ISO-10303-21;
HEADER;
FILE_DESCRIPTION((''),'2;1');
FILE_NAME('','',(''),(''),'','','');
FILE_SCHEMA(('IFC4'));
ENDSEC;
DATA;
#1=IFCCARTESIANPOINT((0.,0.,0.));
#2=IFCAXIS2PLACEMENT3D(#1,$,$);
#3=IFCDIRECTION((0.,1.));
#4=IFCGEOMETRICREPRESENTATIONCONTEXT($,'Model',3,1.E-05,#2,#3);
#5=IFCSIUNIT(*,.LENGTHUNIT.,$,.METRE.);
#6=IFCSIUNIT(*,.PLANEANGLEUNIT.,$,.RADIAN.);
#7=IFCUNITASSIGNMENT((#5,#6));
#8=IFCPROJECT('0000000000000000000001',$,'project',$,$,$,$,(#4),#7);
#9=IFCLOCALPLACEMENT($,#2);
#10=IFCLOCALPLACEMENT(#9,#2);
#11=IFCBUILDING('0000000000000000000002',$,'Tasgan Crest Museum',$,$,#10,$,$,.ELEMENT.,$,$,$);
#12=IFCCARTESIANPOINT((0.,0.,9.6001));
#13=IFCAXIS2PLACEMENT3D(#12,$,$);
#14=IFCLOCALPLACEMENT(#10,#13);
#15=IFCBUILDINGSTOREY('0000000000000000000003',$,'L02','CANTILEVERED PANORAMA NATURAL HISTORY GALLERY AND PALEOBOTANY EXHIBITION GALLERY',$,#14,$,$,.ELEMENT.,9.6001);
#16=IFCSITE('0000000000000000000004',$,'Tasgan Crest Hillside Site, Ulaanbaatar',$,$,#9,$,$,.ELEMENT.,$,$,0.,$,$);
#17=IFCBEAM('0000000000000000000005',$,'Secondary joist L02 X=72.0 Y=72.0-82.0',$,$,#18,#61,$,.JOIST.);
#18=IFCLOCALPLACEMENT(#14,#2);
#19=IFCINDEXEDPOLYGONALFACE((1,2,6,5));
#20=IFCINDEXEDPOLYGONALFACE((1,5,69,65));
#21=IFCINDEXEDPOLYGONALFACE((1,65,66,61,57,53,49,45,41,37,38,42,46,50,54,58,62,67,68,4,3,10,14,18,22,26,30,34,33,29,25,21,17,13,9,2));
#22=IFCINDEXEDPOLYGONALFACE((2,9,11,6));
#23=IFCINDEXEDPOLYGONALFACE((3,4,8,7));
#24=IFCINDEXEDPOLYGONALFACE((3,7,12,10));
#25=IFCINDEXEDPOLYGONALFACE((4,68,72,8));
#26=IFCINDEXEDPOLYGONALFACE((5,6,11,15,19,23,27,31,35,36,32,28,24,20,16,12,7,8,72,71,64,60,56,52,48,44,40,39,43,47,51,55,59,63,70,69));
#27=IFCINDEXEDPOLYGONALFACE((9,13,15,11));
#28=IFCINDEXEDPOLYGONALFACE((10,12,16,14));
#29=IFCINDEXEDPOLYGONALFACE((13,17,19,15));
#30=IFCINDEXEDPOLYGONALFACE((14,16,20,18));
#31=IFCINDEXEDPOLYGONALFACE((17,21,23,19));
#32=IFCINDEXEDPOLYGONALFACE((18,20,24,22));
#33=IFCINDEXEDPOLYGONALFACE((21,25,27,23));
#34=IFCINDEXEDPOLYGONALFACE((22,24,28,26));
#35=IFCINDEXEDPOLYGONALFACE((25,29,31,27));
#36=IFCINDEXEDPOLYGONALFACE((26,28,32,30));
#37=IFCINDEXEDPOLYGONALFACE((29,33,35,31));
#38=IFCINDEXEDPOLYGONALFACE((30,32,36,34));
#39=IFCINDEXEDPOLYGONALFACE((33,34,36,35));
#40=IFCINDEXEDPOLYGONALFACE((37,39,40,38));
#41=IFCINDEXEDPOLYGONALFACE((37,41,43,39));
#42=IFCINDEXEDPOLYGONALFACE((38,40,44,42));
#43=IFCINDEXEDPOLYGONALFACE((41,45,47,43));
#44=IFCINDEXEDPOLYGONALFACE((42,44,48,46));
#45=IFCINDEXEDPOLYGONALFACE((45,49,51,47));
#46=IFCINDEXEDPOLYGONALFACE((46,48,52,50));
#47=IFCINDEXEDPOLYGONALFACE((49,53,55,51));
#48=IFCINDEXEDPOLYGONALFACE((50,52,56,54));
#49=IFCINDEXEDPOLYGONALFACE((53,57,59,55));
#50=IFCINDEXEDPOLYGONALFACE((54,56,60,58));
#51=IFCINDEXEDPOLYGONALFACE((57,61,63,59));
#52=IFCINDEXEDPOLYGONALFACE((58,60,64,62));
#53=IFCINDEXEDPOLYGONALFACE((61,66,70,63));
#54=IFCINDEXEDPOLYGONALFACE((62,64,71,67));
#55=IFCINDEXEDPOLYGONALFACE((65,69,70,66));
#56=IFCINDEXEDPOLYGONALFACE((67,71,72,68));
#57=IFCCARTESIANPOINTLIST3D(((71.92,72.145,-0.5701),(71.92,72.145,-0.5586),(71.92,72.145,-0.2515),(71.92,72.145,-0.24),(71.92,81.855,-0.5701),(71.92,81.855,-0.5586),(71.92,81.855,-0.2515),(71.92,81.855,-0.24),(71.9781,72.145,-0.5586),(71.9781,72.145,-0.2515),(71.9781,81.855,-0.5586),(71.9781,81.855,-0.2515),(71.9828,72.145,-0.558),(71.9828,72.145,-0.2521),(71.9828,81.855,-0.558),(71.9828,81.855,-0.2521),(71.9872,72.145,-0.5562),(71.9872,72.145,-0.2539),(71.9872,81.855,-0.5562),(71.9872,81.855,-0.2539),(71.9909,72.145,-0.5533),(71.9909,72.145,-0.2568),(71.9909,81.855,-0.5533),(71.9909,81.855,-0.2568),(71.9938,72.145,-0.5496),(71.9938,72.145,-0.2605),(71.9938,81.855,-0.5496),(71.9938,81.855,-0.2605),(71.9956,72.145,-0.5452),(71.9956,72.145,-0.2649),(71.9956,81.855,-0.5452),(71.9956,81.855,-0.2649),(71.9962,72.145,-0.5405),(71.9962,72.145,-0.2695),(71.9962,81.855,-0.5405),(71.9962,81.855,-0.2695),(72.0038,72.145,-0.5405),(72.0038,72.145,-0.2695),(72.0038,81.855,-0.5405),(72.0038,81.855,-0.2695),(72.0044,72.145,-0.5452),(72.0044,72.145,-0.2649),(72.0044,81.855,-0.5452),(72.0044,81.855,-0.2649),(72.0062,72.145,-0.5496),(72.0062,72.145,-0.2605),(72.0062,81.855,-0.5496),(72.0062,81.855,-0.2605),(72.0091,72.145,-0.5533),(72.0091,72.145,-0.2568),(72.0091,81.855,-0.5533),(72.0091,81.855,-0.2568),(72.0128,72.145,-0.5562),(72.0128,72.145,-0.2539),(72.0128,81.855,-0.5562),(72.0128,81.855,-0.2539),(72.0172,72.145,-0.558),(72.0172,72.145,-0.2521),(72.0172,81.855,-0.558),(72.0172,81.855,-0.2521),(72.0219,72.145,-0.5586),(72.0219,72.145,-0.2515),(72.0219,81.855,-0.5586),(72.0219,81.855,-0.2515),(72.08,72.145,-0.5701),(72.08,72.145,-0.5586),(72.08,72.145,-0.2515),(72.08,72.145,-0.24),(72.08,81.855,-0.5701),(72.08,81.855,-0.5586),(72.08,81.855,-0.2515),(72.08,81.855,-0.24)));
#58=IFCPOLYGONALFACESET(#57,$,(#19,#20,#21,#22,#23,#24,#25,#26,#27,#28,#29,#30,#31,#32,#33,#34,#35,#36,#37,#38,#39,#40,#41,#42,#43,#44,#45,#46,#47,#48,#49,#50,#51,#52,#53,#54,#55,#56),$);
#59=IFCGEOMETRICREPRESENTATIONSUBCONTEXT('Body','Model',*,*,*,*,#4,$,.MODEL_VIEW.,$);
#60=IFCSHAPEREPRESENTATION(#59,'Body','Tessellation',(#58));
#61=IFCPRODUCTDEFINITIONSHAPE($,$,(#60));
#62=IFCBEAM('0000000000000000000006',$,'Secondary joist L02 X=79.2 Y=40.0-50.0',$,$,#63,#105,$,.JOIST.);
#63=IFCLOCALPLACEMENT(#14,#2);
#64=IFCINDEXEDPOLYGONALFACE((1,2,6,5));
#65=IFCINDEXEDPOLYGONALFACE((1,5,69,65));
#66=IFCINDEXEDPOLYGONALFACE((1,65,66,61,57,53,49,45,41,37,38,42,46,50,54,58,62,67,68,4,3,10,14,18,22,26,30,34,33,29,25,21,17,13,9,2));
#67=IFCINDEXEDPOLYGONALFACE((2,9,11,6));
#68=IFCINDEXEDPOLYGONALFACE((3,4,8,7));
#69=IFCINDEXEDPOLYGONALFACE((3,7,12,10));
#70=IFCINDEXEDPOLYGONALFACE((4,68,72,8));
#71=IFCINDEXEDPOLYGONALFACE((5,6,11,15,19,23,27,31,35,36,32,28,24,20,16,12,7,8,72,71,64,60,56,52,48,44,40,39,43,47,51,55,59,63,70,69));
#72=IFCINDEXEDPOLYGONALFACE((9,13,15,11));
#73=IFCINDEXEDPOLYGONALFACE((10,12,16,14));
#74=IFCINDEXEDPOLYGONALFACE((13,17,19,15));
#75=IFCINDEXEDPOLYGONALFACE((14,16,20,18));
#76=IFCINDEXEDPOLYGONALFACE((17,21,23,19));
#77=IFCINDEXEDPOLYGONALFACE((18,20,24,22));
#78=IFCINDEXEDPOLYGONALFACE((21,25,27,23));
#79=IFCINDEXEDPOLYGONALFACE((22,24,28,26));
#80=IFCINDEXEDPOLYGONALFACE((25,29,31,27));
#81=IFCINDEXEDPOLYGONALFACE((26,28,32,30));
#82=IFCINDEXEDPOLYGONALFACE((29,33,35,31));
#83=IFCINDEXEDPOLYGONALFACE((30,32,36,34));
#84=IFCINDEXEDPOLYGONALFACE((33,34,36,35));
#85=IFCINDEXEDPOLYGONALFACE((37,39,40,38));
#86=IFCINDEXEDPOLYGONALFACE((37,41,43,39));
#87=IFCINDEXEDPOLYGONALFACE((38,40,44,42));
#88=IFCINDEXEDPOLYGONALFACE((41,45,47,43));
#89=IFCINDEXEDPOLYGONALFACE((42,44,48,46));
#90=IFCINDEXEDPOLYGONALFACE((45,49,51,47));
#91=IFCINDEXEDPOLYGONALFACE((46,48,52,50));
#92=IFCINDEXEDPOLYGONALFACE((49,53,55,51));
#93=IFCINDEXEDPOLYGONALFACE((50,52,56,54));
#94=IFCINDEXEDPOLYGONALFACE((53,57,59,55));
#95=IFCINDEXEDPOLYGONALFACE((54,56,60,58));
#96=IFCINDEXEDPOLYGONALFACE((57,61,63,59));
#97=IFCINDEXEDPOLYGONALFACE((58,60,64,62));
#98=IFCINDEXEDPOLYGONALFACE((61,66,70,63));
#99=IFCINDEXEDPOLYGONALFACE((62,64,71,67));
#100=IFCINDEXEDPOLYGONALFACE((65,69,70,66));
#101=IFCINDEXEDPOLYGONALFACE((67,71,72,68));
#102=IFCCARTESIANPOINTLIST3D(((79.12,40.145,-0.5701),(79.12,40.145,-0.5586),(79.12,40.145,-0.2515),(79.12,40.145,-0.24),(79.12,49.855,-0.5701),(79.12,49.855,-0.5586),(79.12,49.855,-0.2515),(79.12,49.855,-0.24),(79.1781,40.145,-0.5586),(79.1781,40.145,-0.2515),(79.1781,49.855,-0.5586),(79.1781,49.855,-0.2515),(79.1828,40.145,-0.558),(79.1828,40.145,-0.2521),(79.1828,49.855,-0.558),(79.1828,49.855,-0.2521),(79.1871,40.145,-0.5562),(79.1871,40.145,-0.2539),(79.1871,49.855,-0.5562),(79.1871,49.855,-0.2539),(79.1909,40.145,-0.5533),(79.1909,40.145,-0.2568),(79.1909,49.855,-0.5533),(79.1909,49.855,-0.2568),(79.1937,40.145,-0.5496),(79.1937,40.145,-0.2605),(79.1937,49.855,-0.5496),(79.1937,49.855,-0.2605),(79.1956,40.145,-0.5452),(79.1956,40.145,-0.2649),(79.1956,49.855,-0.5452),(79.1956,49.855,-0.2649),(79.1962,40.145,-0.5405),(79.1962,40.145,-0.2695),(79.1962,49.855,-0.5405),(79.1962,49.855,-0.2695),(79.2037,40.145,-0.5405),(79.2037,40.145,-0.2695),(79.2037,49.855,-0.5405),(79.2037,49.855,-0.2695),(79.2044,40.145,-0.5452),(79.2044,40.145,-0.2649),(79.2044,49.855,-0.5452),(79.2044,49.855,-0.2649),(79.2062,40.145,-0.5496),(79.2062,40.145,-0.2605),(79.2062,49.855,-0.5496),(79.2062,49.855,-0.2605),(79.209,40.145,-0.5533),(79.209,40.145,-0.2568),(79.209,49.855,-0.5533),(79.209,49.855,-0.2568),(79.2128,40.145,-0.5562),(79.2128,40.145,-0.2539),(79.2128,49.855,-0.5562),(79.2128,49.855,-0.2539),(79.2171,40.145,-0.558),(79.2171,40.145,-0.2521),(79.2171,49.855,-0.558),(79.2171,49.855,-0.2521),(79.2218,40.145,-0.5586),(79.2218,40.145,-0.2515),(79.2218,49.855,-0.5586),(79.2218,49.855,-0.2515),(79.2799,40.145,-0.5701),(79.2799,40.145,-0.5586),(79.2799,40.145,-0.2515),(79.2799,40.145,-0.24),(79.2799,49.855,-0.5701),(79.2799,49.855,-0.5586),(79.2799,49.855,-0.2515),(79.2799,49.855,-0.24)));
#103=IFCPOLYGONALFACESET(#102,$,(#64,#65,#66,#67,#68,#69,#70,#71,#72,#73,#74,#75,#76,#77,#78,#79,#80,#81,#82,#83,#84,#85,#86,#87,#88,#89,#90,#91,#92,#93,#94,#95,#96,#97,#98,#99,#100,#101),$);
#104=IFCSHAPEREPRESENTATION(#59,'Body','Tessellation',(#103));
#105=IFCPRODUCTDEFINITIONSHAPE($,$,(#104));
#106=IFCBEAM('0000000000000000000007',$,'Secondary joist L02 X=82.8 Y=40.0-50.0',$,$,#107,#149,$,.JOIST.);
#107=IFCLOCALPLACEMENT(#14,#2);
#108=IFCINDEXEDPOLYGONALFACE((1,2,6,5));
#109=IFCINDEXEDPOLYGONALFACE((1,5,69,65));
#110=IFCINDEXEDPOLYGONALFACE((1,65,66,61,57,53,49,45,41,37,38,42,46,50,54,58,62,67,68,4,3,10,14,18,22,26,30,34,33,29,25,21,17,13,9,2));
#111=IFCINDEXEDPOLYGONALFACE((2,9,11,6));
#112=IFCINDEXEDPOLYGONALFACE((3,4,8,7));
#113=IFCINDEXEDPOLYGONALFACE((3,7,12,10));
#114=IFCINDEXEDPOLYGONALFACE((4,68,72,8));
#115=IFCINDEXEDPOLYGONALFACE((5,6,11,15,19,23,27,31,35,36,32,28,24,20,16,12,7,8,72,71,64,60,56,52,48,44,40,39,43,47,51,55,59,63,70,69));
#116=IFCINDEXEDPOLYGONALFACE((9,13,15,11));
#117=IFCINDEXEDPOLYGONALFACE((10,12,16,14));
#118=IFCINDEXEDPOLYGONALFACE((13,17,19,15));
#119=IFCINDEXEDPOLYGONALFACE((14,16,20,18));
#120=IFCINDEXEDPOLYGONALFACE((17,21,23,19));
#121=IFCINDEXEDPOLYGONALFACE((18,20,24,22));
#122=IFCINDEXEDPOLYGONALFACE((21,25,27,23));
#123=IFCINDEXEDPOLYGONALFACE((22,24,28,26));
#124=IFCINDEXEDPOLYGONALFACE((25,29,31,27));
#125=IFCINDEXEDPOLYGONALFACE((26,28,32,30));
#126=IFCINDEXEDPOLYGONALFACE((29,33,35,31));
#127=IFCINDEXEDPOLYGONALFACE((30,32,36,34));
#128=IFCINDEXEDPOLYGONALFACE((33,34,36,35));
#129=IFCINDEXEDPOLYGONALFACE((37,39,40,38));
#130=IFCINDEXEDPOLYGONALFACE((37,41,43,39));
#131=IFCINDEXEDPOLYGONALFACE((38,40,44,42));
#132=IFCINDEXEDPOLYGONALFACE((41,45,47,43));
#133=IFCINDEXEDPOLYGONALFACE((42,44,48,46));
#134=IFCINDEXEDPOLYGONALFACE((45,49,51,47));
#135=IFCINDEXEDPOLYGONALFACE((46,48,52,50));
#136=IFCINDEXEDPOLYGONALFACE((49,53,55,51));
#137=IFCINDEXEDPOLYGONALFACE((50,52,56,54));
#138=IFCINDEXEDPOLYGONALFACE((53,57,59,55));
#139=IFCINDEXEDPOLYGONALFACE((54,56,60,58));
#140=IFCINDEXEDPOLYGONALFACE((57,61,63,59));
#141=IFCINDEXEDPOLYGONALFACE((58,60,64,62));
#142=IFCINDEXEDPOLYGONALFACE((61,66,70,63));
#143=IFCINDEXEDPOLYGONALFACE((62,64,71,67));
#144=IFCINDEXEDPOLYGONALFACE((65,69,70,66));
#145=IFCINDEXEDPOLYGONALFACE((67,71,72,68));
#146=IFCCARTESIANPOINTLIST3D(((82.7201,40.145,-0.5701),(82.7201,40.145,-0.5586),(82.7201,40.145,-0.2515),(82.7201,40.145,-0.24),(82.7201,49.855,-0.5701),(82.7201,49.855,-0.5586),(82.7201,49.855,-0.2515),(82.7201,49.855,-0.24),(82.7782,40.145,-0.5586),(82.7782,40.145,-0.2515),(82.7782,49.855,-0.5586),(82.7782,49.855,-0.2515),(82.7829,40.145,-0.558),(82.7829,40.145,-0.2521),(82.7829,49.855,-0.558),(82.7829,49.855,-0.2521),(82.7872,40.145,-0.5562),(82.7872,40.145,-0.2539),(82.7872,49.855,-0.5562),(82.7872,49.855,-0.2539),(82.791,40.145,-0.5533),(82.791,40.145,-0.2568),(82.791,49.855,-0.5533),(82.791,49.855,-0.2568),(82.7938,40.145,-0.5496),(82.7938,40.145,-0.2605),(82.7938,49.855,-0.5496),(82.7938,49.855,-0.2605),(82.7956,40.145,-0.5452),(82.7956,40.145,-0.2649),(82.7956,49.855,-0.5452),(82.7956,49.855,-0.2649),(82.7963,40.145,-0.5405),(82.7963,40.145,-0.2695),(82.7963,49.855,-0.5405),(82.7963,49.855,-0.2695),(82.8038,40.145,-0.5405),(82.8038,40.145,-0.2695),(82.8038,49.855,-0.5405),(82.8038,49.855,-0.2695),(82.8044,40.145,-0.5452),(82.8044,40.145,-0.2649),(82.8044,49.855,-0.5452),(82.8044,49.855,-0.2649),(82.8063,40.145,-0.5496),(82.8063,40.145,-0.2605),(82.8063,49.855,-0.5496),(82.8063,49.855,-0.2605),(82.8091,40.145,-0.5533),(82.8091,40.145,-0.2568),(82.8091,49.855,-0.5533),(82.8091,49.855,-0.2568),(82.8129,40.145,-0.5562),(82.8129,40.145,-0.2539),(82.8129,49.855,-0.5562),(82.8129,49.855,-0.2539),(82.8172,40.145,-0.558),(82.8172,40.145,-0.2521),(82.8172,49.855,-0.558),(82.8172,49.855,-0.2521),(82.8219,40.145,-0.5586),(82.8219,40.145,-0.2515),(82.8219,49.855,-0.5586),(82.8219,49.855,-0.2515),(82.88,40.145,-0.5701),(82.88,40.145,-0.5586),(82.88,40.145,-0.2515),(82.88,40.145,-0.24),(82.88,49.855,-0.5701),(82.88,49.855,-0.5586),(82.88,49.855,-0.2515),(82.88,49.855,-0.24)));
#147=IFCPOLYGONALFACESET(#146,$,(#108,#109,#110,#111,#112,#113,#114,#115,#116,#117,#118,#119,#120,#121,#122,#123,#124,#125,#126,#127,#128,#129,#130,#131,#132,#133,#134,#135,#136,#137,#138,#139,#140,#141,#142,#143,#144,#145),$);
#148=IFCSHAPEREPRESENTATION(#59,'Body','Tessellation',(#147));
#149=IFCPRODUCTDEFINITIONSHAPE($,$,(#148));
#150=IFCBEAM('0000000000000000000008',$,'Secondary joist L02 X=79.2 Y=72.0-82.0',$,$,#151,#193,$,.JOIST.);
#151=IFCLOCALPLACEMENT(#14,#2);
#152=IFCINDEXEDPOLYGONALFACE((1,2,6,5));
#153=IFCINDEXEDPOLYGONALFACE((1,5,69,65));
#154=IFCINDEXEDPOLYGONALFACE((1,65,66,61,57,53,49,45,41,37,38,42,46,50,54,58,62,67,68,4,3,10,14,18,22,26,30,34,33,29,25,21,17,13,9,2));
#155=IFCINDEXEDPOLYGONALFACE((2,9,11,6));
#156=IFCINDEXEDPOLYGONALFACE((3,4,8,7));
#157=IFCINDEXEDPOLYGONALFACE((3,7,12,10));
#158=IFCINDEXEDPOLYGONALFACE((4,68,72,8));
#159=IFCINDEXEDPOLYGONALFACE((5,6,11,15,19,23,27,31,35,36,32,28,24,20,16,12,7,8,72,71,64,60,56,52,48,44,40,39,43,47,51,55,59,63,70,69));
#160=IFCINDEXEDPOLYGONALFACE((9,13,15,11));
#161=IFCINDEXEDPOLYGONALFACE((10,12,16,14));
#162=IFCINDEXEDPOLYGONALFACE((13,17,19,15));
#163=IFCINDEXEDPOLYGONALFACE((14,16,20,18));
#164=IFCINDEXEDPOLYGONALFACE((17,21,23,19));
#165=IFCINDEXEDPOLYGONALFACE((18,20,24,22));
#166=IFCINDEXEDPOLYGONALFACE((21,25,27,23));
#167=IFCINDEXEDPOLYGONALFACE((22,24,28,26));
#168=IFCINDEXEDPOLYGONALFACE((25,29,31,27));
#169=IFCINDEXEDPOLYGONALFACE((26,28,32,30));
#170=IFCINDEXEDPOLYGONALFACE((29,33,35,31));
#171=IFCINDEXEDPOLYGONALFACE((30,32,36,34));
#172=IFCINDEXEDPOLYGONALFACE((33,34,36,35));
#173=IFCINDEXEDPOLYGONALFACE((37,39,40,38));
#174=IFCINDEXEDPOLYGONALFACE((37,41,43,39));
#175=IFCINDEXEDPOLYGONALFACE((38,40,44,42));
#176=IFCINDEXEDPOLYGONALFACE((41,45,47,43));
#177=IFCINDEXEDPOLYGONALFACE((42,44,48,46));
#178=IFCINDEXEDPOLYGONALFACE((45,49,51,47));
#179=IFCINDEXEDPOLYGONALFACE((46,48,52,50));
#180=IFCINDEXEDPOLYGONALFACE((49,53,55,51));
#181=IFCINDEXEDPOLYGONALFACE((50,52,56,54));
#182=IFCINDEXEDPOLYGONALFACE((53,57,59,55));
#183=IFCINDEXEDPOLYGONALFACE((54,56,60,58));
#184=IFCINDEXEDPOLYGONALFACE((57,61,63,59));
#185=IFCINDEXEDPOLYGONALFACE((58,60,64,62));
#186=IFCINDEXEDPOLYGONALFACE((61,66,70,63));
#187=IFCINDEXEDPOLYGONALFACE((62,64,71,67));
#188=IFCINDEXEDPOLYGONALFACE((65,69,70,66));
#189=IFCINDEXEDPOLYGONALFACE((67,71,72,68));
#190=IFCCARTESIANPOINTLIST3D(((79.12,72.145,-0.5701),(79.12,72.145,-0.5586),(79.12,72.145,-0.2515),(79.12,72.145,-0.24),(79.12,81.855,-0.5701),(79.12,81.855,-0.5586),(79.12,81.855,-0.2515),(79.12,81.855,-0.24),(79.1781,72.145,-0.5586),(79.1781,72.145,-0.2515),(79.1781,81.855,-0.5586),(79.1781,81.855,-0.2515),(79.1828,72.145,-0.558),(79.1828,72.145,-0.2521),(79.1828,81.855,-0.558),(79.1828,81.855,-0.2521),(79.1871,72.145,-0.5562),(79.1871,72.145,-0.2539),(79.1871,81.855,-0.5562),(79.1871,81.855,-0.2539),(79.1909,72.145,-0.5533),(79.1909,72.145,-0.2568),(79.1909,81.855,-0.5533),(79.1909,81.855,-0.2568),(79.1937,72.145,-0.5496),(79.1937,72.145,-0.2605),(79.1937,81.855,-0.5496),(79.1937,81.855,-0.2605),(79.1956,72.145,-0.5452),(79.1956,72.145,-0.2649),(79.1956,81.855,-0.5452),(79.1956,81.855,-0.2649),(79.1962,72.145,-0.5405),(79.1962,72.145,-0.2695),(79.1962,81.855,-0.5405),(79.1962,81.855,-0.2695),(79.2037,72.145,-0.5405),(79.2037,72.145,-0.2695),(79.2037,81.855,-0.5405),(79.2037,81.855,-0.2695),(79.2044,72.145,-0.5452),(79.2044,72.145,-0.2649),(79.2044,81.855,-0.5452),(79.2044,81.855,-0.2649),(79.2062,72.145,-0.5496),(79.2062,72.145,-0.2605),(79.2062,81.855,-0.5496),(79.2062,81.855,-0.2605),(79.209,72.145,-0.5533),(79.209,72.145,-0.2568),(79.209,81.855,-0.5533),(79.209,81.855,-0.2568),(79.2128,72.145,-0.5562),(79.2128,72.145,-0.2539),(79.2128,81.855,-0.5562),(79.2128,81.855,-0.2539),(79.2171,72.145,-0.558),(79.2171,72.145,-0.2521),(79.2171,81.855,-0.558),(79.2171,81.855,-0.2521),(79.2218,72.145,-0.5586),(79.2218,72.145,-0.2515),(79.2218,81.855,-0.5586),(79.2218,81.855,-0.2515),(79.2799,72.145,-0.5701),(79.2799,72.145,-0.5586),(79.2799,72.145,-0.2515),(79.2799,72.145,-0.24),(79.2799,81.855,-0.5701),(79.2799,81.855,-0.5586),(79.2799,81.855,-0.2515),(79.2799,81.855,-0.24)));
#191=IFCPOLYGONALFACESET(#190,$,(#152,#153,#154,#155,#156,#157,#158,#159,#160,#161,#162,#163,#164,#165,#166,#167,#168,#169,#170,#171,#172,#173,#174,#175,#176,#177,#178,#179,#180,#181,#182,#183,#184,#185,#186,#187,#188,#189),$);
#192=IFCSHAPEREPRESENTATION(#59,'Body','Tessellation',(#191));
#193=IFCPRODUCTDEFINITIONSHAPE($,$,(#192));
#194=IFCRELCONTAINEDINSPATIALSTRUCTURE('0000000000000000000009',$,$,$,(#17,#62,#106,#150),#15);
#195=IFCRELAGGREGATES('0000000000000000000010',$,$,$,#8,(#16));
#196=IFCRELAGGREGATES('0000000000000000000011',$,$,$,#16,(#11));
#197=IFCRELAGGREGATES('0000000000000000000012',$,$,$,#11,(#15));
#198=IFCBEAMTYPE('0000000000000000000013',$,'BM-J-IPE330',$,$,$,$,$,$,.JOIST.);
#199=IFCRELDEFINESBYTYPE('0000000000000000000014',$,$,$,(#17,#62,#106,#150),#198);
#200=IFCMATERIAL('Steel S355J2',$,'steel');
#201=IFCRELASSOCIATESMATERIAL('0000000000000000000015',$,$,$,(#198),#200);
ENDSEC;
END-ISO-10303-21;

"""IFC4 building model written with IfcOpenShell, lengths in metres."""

from ifc_helpers import new_model, si_unit, direction, frame, origin, origin_2d, place, context, subcontext, project, spatial, i_section, extrude, material, material_profile, profile_set, type_object, element, save


model = new_model("IFC4")

# Units and contexts
model_context = context("Model", 3, precision=1e-05, world=origin(), true_north=direction((0.0, 1.0)))
body_context = subcontext(model_context, "Body", "Model", "MODEL_VIEW")
ifc_project = project(units=[si_unit("LENGTHUNIT", "METRE"), si_unit("PLANEANGLEUNIT", "RADIAN")], contexts=[model_context])

# Site, building, storey
site_placement = place(None, origin())
site = spatial("IfcSite", under=ifc_project, at=site_placement, Name="Tasgan Crest Hillside Site, Ulaanbaatar", CompositionType="ELEMENT", RefElevation=0.0)
building_placement = place(site_placement, origin())
building = spatial("IfcBuilding", under=site, at=building_placement, Name="Tasgan Crest Museum", CompositionType="ELEMENT")
storey_placement = place(building_placement, frame((0.0, 0.0, 9.6001)))
storey = spatial("IfcBuildingStorey", under=building, at=storey_placement, Name="L02", Description="CANTILEVERED PANORAMA NATURAL HISTORY GALLERY AND PALEOBOTANY EXHIBITION GALLERY", CompositionType="ELEMENT", Elevation=9.6001)

# Beams
ifc_material_1 = material(Name="Steel S355J2", Category="steel")
ifc_material_profile_1 = material_profile(ifc_material_1, i_section(OverallWidth=0.1599, OverallDepth=0.3301, WebThickness=0.0076, FlangeThickness=0.0115, FilletRadius=0.0181, at=origin_2d()), Name="IPE 330")
ifc_profile_set_1 = profile_set([ifc_material_profile_1], Name="Steel S355J2")
beam_type_1 = type_object("IfcBeamType", Name="BM-J-IPE330", PredefinedType="JOIST", material=ifc_profile_set_1)
for number, where, z_axis, x_axis, name in (
    (1, (72.0, 72.145, -0.405), (0.0, 1.0, 0.0), (-1.0, 0.0, 0.0), "Secondary joist L02 X=72.0 Y=72.0-82.0"),
    (2, (79.2, 40.145, -0.405), (0.0, 1.0, 0.0), (-1.0, 0.0, 0.0), "Secondary joist L02 X=79.2 Y=40.0-50.0"),
    (3, (82.8, 40.145, -0.405), (0.0, 1.0, 0.0), (-1.0, 0.0, 0.0), "Secondary joist L02 X=82.8 Y=40.0-50.0"),
    (4, (79.2, 72.145, -0.405), (0.0, 1.0, 0.0), (-1.0, 0.0, 0.0), "Secondary joist L02 X=79.2 Y=72.0-82.0"),
):
    element("IfcBeam", number, at=place(storey_placement, frame(where, z_axis=z_axis, x_axis=x_axis)), inside=storey, type_object=beam_type_1, Name=name, PredefinedType="JOIST", context=body_context, shape_type="SweptSolid", body=[
        extrude(i_section(OverallWidth=0.1599, OverallDepth=0.3301, WebThickness=0.0076, FlangeThickness=0.0115, FilletRadius=0.0181, at=origin_2d()), origin(), (0.0, 0.0, 1.0), 9.71),
    ])

save(model, "model.ifc")
